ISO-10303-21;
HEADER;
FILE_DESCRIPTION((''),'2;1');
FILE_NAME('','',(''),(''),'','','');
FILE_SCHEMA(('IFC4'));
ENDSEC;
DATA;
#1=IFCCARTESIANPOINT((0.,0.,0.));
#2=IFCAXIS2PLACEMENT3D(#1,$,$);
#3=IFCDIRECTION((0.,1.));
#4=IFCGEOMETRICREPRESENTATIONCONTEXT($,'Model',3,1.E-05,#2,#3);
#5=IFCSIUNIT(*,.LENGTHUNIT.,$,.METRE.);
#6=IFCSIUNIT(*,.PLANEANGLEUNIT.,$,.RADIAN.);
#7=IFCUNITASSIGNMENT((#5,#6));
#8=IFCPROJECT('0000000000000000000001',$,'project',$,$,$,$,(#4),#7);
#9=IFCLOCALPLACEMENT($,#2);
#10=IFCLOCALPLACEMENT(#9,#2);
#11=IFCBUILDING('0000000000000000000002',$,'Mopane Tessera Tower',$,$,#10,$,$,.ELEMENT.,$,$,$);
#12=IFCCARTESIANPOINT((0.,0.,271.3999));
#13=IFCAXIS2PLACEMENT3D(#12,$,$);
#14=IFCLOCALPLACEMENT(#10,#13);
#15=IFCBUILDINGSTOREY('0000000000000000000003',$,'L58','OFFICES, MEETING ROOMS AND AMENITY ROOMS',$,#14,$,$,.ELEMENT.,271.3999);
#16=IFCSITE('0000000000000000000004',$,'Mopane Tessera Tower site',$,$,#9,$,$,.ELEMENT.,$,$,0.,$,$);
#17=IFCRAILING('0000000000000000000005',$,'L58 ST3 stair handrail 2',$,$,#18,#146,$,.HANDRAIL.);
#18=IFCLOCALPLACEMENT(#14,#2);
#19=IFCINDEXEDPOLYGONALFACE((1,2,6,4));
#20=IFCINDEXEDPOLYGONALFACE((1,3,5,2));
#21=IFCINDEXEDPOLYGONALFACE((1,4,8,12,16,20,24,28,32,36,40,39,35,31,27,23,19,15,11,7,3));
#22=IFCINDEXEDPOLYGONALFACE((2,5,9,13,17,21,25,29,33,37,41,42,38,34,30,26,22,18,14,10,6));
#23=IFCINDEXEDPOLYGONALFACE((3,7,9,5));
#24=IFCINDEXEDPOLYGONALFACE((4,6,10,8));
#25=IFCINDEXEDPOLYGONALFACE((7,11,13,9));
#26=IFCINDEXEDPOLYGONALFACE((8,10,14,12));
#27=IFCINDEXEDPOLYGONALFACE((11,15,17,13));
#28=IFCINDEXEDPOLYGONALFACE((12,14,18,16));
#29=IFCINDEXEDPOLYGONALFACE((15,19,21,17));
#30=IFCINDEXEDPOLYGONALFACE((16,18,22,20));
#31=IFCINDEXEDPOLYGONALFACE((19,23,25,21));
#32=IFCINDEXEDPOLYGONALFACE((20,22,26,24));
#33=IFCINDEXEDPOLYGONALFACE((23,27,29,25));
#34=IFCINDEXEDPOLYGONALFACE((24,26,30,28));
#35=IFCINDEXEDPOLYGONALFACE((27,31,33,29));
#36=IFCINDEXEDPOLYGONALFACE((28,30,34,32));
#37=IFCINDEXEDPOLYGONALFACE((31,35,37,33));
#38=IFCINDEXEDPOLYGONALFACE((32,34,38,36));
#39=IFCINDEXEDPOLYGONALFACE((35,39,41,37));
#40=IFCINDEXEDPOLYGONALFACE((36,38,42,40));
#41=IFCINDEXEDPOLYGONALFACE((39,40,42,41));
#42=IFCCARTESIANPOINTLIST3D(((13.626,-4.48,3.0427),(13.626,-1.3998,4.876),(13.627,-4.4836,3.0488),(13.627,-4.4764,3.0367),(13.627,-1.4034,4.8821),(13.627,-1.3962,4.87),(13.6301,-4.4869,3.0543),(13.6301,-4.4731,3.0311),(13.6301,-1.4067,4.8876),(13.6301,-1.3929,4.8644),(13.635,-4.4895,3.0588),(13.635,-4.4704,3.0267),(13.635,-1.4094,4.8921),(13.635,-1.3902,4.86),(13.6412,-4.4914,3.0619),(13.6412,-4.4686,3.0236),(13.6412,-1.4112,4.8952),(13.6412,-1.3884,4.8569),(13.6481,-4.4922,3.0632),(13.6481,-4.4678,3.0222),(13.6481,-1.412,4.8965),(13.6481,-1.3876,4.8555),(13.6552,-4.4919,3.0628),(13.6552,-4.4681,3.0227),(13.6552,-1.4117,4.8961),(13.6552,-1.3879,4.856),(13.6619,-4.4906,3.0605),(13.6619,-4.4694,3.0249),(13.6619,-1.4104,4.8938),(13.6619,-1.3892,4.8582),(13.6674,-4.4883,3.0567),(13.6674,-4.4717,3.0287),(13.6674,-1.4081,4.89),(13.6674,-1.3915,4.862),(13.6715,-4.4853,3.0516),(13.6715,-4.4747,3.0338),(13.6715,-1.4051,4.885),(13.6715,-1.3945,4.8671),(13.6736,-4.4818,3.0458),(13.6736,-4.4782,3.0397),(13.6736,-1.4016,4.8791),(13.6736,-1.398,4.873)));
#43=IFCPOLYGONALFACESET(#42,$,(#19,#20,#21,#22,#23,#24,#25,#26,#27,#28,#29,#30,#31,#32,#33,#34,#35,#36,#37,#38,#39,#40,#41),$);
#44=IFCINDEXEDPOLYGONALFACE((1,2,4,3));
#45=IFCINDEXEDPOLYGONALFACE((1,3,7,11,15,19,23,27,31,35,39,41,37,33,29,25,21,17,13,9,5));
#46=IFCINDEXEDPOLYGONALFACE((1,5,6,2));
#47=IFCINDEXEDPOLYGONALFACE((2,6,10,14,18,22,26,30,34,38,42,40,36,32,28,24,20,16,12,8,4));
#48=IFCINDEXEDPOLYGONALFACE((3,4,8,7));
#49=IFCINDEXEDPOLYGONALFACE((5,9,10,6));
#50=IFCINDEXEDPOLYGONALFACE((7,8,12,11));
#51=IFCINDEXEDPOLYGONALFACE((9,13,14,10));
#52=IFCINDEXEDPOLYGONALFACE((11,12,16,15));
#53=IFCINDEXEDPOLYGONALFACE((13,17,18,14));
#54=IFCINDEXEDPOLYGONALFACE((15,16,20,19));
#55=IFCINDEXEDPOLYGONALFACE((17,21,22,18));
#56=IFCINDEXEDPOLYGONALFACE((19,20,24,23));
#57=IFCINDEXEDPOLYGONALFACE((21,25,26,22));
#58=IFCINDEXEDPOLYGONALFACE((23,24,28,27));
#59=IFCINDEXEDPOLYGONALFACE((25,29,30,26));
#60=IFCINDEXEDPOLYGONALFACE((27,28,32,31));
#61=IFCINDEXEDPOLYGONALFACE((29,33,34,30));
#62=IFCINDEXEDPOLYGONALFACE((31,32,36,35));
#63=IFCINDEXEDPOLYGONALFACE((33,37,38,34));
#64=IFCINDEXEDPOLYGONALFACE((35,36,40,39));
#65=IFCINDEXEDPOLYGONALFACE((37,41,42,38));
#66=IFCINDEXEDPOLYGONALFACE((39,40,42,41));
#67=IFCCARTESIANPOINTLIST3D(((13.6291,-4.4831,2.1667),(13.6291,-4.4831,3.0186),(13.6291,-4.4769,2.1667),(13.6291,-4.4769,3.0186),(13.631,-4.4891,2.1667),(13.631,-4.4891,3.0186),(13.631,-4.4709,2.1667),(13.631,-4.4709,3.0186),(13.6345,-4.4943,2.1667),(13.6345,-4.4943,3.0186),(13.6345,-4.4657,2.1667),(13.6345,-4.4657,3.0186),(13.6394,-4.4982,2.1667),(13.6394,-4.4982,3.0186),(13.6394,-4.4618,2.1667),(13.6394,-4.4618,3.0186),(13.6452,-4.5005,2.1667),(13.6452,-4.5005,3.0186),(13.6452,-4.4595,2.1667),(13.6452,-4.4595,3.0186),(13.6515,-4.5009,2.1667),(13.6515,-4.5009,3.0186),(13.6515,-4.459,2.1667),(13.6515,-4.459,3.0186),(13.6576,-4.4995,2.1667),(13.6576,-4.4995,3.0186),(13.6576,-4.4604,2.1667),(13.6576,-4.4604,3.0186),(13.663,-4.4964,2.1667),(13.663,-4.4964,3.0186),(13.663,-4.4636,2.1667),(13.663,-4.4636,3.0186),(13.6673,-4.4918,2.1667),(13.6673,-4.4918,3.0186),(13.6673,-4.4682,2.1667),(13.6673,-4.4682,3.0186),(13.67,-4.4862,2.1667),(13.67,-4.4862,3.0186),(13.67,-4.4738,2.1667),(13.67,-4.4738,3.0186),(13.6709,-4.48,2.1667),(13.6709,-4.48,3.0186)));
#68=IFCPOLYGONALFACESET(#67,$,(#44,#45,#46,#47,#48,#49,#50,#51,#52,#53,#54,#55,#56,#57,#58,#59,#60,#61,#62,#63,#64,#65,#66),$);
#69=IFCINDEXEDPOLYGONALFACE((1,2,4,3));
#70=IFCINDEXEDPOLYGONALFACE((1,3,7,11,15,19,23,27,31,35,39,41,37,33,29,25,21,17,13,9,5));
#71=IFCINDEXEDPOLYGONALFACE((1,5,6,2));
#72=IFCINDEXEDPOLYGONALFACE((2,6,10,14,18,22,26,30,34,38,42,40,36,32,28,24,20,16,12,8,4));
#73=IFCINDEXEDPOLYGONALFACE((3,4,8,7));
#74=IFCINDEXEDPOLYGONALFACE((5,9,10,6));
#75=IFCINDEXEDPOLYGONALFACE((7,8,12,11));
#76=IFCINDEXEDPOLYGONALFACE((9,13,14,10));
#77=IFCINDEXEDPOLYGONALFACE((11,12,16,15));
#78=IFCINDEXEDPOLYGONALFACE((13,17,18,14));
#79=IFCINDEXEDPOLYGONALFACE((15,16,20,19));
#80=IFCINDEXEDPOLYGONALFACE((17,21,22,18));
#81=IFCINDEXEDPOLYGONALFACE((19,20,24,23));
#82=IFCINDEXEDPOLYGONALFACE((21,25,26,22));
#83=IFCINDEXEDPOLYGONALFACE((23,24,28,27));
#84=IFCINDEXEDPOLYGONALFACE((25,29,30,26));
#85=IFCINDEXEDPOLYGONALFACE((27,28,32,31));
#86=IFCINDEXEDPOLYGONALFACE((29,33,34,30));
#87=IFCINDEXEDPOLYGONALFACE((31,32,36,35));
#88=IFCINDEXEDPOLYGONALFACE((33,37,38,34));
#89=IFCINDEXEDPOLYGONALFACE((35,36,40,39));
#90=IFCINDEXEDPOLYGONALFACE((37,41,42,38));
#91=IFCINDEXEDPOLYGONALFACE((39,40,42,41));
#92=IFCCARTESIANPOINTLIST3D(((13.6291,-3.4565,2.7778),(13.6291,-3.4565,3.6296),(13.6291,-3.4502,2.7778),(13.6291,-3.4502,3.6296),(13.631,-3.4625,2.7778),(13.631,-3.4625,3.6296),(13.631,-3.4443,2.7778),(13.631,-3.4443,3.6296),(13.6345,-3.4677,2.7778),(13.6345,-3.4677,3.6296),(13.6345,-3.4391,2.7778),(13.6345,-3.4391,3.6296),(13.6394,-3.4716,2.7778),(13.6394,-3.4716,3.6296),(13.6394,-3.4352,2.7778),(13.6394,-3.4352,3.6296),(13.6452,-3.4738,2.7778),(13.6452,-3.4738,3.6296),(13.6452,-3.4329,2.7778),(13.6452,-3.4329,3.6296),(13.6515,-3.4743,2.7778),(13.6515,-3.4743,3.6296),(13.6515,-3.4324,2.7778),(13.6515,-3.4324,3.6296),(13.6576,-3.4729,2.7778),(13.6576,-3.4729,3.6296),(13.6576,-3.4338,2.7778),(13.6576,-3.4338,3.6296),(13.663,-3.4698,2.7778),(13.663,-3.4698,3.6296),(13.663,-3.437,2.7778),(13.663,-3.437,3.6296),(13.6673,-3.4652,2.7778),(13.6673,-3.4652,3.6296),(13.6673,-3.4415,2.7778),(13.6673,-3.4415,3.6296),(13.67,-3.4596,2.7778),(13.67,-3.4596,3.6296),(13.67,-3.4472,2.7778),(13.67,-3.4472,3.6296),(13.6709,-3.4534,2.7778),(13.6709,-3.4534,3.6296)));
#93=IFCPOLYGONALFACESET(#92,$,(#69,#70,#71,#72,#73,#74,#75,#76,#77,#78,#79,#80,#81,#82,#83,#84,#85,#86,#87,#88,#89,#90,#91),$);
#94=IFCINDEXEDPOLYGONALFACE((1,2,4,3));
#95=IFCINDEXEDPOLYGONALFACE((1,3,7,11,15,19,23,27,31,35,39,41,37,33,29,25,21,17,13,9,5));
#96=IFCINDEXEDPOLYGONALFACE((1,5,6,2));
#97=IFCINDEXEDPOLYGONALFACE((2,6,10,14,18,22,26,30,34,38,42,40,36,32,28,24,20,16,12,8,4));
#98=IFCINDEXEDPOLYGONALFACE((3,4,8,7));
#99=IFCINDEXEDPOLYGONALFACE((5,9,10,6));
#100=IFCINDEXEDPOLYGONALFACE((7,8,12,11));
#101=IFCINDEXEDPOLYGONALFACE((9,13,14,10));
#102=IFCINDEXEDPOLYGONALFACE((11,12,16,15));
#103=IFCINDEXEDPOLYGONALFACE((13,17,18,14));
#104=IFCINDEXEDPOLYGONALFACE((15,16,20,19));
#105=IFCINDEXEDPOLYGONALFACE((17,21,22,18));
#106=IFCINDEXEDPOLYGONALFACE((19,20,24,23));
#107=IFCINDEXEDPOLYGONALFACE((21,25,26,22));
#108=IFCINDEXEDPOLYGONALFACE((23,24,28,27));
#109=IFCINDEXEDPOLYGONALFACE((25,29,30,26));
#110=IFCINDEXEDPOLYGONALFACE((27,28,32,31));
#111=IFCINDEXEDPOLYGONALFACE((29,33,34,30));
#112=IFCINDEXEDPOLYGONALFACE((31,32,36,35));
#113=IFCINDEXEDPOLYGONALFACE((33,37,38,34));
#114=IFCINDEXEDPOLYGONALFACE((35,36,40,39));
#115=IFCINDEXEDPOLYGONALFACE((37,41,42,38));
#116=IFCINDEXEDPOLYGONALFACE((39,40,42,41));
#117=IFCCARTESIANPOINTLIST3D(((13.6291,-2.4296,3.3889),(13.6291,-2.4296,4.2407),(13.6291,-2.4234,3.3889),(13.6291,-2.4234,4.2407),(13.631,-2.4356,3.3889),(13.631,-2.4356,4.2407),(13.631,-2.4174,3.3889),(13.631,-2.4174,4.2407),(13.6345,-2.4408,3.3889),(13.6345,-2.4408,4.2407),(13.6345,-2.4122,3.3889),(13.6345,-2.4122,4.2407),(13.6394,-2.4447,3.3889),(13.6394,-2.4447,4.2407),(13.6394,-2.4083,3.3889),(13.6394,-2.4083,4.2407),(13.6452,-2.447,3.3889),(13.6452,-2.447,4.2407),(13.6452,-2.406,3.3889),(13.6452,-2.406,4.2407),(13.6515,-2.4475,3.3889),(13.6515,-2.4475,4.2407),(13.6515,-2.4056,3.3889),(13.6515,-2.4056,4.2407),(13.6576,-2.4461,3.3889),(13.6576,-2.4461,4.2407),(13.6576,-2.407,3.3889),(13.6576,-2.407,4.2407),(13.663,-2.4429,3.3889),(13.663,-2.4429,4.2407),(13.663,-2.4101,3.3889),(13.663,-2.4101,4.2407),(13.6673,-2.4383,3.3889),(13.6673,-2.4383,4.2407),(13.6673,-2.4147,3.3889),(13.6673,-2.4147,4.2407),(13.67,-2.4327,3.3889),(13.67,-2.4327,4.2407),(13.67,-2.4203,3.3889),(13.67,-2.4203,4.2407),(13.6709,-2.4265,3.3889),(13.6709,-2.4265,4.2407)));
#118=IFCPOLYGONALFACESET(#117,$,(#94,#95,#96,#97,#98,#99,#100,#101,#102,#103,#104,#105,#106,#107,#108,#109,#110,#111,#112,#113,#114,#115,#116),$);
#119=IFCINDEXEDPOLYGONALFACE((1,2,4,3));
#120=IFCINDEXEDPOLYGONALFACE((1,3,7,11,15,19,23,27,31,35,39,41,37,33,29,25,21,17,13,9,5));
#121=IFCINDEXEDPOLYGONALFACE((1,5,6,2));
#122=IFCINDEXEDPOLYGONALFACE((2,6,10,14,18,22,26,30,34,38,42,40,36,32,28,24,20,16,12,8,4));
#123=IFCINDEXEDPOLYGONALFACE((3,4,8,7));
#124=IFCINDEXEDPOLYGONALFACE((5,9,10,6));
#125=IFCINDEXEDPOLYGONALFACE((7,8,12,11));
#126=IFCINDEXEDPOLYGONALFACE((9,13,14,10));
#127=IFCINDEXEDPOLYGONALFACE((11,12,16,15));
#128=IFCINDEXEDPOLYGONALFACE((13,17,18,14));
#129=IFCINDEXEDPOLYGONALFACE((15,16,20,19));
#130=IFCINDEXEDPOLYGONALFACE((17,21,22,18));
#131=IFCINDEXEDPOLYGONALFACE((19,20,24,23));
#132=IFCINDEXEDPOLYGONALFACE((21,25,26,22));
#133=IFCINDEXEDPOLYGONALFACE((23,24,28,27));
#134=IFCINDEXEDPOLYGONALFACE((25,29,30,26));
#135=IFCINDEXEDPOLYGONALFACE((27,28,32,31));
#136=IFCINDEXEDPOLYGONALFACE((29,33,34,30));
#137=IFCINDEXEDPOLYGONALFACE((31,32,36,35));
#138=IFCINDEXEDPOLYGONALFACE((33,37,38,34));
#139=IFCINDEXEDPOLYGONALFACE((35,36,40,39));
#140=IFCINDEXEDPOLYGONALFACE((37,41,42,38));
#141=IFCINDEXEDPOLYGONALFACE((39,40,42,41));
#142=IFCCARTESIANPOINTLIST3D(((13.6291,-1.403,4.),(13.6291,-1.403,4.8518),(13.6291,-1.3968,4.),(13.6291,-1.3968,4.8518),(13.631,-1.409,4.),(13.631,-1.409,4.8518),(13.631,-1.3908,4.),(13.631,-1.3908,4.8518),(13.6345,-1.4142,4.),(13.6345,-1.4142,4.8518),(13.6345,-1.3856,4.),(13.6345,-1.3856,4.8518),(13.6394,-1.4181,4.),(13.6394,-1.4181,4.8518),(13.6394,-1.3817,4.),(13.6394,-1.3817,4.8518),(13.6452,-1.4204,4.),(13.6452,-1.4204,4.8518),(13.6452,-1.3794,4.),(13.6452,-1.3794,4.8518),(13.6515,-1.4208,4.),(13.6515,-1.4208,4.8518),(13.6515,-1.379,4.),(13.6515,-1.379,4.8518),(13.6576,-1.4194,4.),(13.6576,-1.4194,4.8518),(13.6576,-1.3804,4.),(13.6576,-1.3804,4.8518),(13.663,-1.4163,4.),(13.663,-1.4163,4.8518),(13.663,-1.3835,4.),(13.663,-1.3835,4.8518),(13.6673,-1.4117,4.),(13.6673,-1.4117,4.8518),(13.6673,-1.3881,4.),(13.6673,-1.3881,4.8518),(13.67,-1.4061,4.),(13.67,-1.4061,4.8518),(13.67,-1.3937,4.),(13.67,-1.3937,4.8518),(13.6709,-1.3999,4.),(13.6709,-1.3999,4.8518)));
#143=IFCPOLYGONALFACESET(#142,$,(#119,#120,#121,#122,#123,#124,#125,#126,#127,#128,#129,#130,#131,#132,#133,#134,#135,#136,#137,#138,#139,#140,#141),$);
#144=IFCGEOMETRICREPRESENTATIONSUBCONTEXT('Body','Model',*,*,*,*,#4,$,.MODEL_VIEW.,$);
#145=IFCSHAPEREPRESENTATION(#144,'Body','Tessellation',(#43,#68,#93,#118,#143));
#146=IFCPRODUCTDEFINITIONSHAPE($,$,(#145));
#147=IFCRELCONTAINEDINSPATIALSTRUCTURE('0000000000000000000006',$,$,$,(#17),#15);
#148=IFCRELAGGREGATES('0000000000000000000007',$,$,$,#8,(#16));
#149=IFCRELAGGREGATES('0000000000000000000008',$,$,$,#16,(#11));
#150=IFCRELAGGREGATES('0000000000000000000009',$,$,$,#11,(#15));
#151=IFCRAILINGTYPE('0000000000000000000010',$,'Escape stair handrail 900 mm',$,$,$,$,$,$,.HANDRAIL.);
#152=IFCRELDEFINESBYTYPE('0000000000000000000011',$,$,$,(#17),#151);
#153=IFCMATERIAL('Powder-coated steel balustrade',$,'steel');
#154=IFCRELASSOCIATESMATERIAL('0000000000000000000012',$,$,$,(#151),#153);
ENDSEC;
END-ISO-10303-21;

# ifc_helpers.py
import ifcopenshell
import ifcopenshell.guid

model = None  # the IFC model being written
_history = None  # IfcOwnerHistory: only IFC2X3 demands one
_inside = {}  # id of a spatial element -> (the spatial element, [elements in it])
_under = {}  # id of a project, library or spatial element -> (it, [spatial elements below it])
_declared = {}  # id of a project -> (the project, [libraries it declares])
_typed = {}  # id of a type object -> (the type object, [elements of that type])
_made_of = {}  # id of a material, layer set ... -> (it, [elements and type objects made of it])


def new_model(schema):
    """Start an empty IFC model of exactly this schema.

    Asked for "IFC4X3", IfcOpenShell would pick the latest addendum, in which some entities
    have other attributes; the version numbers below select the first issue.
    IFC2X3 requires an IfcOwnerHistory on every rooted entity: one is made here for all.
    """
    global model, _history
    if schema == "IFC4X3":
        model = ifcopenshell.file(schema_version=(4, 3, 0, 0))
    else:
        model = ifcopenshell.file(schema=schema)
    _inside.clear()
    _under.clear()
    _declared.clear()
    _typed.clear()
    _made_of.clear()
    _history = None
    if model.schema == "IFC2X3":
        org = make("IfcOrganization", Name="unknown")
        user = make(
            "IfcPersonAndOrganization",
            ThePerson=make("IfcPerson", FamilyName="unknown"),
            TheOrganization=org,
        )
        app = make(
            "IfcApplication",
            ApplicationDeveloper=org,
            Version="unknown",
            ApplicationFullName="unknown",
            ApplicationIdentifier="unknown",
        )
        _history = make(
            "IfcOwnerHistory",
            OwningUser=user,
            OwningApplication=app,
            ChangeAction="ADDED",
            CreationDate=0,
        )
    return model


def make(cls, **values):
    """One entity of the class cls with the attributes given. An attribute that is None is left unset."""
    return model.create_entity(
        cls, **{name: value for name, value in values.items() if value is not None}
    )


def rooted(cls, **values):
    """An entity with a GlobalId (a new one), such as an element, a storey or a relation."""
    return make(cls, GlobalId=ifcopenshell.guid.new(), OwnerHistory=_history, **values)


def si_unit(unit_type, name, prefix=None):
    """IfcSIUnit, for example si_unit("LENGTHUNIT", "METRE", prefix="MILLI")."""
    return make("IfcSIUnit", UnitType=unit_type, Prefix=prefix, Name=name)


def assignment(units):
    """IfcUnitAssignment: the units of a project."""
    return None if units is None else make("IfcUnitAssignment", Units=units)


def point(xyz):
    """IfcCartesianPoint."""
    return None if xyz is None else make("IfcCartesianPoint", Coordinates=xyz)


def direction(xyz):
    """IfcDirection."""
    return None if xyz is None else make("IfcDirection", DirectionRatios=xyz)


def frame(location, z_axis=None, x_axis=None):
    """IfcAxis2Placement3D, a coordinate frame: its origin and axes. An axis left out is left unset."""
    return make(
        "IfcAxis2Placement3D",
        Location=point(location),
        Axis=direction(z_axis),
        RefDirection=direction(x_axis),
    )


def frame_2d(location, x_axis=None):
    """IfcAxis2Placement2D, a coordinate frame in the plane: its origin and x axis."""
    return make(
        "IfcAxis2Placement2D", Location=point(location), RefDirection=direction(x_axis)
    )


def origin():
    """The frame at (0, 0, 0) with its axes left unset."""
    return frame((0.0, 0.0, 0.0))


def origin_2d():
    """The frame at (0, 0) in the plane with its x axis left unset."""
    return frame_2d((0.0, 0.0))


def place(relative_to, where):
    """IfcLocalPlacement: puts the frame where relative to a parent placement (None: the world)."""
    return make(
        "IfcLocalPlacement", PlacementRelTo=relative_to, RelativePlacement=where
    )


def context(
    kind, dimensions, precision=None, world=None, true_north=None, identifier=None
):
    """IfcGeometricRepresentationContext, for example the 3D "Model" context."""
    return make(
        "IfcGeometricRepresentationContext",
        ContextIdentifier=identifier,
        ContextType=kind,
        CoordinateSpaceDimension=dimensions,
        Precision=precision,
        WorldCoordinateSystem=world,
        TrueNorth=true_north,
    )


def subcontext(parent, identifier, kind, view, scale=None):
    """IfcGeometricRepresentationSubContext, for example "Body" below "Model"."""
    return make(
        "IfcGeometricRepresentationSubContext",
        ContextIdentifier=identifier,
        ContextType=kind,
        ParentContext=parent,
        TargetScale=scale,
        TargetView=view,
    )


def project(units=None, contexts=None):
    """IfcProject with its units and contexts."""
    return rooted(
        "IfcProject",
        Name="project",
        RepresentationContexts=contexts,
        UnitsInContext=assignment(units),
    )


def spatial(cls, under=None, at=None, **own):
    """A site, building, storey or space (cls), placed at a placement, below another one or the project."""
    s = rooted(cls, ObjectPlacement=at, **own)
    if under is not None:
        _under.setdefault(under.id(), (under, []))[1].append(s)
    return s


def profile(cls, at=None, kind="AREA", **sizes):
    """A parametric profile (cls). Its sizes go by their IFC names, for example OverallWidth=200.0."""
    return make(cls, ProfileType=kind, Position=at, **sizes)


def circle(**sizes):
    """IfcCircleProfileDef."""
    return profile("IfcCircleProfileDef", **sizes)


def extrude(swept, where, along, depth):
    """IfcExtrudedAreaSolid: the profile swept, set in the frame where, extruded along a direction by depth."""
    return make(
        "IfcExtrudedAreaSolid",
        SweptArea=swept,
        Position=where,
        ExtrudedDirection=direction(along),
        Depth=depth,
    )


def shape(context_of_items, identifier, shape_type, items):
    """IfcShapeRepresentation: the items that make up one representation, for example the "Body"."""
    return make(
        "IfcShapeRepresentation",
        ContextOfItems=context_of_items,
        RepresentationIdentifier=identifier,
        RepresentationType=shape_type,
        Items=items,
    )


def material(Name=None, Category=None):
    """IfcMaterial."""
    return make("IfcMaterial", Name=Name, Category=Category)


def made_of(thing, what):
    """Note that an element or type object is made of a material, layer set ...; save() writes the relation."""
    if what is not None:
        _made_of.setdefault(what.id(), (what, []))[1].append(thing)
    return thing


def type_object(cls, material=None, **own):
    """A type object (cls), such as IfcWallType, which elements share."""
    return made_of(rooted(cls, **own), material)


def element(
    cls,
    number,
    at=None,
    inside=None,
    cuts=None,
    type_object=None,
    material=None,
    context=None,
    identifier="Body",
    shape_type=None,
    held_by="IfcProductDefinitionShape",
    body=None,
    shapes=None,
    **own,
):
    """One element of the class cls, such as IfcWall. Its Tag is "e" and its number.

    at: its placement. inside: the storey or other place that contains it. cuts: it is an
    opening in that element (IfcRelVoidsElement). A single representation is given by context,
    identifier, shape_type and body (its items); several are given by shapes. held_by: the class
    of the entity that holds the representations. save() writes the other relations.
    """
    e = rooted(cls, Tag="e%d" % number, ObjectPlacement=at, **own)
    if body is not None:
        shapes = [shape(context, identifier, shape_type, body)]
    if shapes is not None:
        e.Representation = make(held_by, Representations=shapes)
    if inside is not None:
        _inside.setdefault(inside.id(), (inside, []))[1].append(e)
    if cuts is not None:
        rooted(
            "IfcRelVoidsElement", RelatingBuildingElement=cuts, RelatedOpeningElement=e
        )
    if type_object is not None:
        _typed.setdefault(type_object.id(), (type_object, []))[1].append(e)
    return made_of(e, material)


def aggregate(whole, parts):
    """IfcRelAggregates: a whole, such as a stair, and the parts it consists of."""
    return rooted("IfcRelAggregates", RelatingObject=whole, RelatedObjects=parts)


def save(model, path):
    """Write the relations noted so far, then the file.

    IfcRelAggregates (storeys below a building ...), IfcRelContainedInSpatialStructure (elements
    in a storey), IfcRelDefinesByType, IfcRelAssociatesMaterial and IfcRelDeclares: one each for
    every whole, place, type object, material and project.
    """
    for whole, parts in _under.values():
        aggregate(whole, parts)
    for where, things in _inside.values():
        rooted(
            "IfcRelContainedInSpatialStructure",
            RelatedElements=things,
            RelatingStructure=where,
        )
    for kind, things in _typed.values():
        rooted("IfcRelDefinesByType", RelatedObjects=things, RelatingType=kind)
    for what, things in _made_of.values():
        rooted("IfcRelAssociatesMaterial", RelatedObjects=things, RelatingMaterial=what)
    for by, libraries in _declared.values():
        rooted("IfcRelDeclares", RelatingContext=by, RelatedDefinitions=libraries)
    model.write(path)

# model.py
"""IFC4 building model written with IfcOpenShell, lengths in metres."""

from ifc_helpers import new_model, si_unit, direction, frame, origin, origin_2d, place, context, subcontext, project, spatial, circle, extrude, material, type_object, element, save


model = new_model("IFC4")

# Units and contexts
model_context = context("Model", 3, precision=1e-05, world=origin(), true_north=direction((0.0, 1.0)))
body_context = subcontext(model_context, "Body", "Model", "MODEL_VIEW")
ifc_project = project(units=[si_unit("LENGTHUNIT", "METRE"), si_unit("PLANEANGLEUNIT", "RADIAN")], contexts=[model_context])

# Site, building, storey
site_placement = place(None, origin())
site = spatial("IfcSite", under=ifc_project, at=site_placement, Name="Mopane Tessera Tower site", CompositionType="ELEMENT", RefElevation=0.0)
building_placement = place(site_placement, origin())
building = spatial("IfcBuilding", under=site, at=building_placement, Name="Mopane Tessera Tower", CompositionType="ELEMENT")
storey_placement = place(building_placement, frame((0.0, 0.0, 271.3999)))
storey = spatial("IfcBuildingStorey", under=building, at=storey_placement, Name="L58", Description="OFFICES, MEETING ROOMS AND AMENITY ROOMS", CompositionType="ELEMENT", Elevation=271.3999)

# Railing
ifc_material_1 = material(Name="Powder-coated steel balustrade", Category="steel")
railing_type_1 = type_object("IfcRailingType", Name="Escape stair handrail 900 mm", PredefinedType="HANDRAIL", material=ifc_material_1)
railing_1_placement = place(storey_placement, frame((13.6499, -4.48, 2.1667)))
element("IfcRailing", 1, at=railing_1_placement, inside=storey, type_object=railing_type_1, Name="L58 ST3 stair handrail 2", PredefinedType="HANDRAIL", context=body_context, shape_type="SweptSolid", body=[
    extrude(circle(Radius=0.0239, at=origin_2d()), frame((0.0, 0.0, 0.876), z_axis=(0.0, 0.859309, 0.511458), x_axis=(-1.0, 0.0, 0.0)), (0.0, 0.0, 1.0), 3.5845),
    extrude(circle(Radius=0.021, at=origin_2d()), origin(), (0.0, 0.0, 1.0), 0.8518),
    extrude(circle(Radius=0.021, at=origin_2d()), frame((0.0, 1.0266, 0.6111)), (0.0, 0.0, 1.0), 0.8518),
    extrude(circle(Radius=0.021, at=origin_2d()), frame((0.0, 2.0535, 1.2222)), (0.0, 0.0, 1.0), 0.8518),
    extrude(circle(Radius=0.021, at=origin_2d()), frame((0.0, 3.0801, 1.8333)), (0.0, 0.0, 1.0), 0.8518),
])

save(model, "model.ifc")
